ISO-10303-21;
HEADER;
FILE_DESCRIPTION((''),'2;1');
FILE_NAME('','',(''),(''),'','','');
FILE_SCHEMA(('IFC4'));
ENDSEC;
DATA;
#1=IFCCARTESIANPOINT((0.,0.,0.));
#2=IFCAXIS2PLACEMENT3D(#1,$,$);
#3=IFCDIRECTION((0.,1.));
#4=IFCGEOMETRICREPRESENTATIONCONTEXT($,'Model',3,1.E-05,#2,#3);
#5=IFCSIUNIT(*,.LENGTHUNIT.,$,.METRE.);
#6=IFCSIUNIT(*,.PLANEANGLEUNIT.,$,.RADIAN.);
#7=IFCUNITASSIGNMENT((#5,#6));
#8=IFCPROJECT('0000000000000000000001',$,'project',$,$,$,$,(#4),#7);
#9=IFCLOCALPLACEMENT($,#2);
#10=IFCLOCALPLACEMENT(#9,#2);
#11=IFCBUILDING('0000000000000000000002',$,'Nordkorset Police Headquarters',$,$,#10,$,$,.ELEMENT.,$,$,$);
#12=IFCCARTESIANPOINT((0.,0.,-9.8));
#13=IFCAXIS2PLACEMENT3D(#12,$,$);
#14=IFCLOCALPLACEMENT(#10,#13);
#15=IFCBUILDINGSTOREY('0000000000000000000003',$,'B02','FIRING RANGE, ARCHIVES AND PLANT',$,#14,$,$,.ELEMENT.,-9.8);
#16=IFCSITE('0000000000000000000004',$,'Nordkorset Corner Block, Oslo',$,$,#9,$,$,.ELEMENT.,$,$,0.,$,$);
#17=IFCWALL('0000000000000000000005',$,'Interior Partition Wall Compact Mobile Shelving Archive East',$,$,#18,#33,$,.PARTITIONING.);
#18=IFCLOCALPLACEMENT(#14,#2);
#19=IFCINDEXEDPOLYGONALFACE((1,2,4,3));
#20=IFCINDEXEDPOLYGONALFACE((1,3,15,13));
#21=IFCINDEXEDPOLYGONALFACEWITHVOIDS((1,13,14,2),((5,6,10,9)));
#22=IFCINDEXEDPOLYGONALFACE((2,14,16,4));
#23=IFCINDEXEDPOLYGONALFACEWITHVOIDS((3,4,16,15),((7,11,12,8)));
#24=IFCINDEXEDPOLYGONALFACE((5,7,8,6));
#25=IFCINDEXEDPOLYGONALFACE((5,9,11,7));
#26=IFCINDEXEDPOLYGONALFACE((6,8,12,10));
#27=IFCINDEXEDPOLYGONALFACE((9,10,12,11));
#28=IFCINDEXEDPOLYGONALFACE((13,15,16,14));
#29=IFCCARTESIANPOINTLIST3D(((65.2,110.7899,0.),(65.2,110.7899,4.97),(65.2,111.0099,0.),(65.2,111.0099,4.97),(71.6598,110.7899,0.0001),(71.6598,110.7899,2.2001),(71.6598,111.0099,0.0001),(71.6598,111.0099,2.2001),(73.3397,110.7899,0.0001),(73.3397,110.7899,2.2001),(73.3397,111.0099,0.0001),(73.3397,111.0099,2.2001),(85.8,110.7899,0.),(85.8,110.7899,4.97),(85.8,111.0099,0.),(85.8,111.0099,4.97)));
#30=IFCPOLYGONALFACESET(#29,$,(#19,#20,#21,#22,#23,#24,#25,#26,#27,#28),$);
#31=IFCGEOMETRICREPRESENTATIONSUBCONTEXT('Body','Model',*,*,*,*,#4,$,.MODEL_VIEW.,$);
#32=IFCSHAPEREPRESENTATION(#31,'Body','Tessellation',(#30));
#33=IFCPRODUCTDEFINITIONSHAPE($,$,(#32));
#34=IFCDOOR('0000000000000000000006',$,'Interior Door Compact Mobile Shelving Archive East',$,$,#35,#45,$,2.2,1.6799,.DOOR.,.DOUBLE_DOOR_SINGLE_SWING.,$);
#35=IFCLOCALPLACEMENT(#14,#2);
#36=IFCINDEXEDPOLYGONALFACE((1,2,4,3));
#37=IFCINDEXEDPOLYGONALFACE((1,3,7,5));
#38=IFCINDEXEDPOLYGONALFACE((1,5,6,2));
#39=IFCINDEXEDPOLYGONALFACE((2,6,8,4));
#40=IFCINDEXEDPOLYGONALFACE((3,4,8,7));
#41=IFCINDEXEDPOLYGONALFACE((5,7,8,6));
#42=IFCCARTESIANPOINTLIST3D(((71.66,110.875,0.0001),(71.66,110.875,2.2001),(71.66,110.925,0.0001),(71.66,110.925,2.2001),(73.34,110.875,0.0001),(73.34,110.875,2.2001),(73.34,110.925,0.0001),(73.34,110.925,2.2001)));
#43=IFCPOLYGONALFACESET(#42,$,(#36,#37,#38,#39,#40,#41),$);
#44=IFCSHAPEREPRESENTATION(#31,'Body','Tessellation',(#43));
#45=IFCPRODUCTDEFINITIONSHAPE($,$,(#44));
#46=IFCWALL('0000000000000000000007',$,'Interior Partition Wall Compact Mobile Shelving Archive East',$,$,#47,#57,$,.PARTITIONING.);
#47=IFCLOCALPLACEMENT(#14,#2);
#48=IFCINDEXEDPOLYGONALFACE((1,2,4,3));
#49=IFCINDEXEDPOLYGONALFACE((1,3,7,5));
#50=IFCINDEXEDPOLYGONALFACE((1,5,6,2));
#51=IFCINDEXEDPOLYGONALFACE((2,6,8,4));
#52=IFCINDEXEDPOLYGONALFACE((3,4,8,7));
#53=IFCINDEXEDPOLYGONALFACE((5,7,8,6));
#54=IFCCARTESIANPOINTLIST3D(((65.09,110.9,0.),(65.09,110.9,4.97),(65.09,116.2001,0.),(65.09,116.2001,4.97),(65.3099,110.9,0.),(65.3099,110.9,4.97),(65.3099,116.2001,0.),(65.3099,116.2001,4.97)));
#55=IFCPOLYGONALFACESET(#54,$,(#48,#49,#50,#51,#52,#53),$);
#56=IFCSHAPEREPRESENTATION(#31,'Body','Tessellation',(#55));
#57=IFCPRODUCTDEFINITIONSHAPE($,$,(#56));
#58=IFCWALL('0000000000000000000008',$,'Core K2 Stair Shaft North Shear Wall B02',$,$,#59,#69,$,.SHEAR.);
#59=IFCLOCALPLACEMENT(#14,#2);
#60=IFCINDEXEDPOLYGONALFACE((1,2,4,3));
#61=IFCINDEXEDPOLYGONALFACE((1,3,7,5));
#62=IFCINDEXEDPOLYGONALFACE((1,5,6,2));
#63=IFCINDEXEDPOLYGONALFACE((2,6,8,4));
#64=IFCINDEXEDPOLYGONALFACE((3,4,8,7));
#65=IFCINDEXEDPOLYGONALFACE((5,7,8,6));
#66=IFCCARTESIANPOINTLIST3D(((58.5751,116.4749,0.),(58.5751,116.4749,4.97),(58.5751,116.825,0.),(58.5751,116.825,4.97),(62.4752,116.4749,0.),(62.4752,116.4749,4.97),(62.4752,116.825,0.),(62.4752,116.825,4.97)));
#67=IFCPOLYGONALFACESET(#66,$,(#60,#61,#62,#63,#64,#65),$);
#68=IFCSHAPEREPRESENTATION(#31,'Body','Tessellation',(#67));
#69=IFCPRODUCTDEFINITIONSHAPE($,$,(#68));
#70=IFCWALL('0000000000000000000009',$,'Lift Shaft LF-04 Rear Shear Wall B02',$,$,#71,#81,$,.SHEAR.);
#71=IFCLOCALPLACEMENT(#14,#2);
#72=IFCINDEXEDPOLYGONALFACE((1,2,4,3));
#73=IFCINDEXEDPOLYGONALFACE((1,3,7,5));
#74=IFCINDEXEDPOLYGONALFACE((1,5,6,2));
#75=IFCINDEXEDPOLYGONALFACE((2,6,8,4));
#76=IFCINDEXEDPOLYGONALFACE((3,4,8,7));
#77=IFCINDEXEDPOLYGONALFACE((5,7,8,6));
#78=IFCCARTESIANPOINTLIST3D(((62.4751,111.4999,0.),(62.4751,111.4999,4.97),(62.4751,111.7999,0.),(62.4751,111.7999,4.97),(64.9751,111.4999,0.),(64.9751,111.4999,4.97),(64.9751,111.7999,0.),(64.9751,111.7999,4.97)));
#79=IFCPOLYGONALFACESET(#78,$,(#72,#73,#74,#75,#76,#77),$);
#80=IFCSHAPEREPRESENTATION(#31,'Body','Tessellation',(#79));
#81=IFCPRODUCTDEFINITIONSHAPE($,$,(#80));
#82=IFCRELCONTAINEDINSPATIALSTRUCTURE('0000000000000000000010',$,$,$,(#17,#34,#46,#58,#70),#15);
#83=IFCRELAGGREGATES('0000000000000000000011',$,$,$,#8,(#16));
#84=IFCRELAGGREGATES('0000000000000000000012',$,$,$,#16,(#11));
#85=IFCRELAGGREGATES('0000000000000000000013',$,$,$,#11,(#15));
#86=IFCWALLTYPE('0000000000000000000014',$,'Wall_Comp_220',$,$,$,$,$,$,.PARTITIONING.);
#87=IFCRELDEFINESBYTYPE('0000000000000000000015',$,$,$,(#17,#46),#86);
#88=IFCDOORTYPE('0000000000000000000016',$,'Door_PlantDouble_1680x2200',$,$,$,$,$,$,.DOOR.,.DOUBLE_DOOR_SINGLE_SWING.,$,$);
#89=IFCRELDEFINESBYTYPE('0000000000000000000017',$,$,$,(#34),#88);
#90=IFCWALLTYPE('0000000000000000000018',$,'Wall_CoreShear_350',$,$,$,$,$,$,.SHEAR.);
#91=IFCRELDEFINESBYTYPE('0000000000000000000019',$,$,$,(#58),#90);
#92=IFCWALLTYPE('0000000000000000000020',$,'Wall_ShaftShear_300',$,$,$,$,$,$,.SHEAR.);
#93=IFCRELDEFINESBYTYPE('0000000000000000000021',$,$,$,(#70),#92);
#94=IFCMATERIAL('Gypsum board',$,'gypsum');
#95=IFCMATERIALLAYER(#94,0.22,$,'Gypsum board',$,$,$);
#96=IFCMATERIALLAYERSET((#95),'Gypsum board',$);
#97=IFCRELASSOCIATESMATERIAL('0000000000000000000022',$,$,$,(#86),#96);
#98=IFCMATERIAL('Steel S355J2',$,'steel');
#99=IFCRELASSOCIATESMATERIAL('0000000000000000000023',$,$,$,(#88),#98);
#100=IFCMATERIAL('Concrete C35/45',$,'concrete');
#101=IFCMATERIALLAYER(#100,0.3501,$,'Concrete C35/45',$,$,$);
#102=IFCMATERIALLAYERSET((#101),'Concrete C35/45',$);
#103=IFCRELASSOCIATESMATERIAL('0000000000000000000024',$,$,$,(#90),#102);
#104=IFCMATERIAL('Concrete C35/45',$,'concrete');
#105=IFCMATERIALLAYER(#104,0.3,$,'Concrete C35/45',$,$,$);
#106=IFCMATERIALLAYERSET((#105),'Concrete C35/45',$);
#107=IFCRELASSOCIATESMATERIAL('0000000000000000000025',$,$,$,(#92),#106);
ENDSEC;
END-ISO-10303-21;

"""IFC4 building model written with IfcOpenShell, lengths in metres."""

from ifc_helpers import new_model, si_unit, direction, frame, frame_2d, origin, place, context, subcontext, project, spatial, rectangle, extrude, material, layer, layer_set, type_object, element, fill, save


model = new_model("IFC4")

# Units and contexts
model_context = context("Model", 3, precision=1e-05, world=origin(), true_north=direction((0.0, 1.0)))
body_context = subcontext(model_context, "Body", "Model", "MODEL_VIEW")
ifc_project = project(units=[si_unit("LENGTHUNIT", "METRE"), si_unit("PLANEANGLEUNIT", "RADIAN")], contexts=[model_context])

# Site, building, storey
site_placement = place(None, origin())
site = spatial("IfcSite", under=ifc_project, at=site_placement, Name="Nordkorset Corner Block, Oslo", CompositionType="ELEMENT", RefElevation=0.0)
building_placement = place(site_placement, origin())
building = spatial("IfcBuilding", under=site, at=building_placement, Name="Nordkorset Police Headquarters", CompositionType="ELEMENT")
storey_placement = place(building_placement, frame((0.0, 0.0, -9.8)))
storey = spatial("IfcBuildingStorey", under=building, at=storey_placement, Name="B02", Description="FIRING RANGE, ARCHIVES AND PLANT", CompositionType="ELEMENT", Elevation=-9.8)

# Shared definitions
ifc_material_1 = material(Name="Gypsum board", Category="gypsum")
ifc_layer_1 = layer(ifc_material_1, 0.22, Name="Gypsum board")
ifc_layer_set_1 = layer_set([ifc_layer_1], Name="Gypsum board")
wall_type_1 = type_object("IfcWallType", Name="Wall_Comp_220", PredefinedType="PARTITIONING", material=ifc_layer_set_1)

# Wall, opening, door
wall_1_placement = place(storey_placement, frame((65.2, 110.8999, 0.0), z_axis=(0.0, 0.0, 1.0), x_axis=(1.0, 0.0, 0.0)))
wall_1 = element("IfcWall", 1, at=wall_1_placement, inside=storey, type_object=wall_type_1, Name="Interior Partition Wall Compact Mobile Shelving Archive East", PredefinedType="PARTITIONING", context=body_context, shape_type="SweptSolid", body=[
    extrude(rectangle(XDim=20.6001, YDim=0.22, at=frame_2d((10.3, 0.0))), origin(), (0.0, 0.0, 1.0), 4.97),
])
opening_placement = place(wall_1_placement, frame((6.46, 0.0, 0.0)))
opening = element("IfcOpeningElement", 2, at=opening_placement, cuts=wall_1, PredefinedType="OPENING", context=body_context, shape_type="SweptSolid", body=[
    extrude(rectangle(XDim=1.6799, YDim=2.2, at=frame_2d((0.8398, 1.1001))), frame((0.0, 0.1201, 0.0), z_axis=(0.0, -1.0, 0.0), x_axis=(1.0, 0.0, 0.0)), (0.0, 0.0, 1.0), 0.24),
])
ifc_material_2 = material(Name="Steel S355J2", Category="steel")
door_type = type_object("IfcDoorType", Name="Door_PlantDouble_1680x2200", OperationType="DOUBLE_DOOR_SINGLE_SWING", PredefinedType="DOOR", material=ifc_material_2)
door_placement = place(opening_placement, frame((1.6799, 0.0, 0.0), z_axis=(0.0, 0.0, 1.0), x_axis=(-1.0, 0.0, 0.0)))
door = element("IfcDoor", 3, at=door_placement, inside=storey, type_object=door_type, Name="Interior Door Compact Mobile Shelving Archive East", OperationType="DOUBLE_DOOR_SINGLE_SWING", OverallHeight=2.2, OverallWidth=1.6799, PredefinedType="DOOR", context=body_context, shape_type="SweptSolid", body=[
    extrude(rectangle(XDim=1.6799, YDim=2.2, at=frame_2d((0.8398, 1.1001))), frame((0.0, 0.0249, 0.0), z_axis=(0.0, -1.0, 0.0), x_axis=(1.0, 0.0, 0.0)), (0.0, 0.0, 1.0), 0.05),
])
fill(opening, door)

# Walls
wall_2_placement = place(storey_placement, frame((65.2, 116.2, 0.0), z_axis=(0.0, 0.0, 1.0), x_axis=(0.0, -1.0, 0.0)))
element("IfcWall", 4, at=wall_2_placement, inside=storey, type_object=wall_type_1, Name="Interior Partition Wall Compact Mobile Shelving Archive East", PredefinedType="PARTITIONING", context=body_context, shape_type="SweptSolid", body=[
    extrude(rectangle(XDim=5.3, YDim=0.22, at=frame_2d((2.6499, 0.0))), origin(), (0.0, 0.0, 1.0), 4.97),
])
ifc_material_3 = material(Name="Concrete C35/45", Category="concrete")
ifc_layer_2 = layer(ifc_material_3, 0.3501, Name="Concrete C35/45")
ifc_layer_set_2 = layer_set([ifc_layer_2], Name="Concrete C35/45")
wall_type_2 = type_object("IfcWallType", Name="Wall_CoreShear_350", PredefinedType="SHEAR", material=ifc_layer_set_2)
wall_3_placement = place(storey_placement, frame((58.575, 116.6499, 0.0), z_axis=(0.0, 0.0, 1.0), x_axis=(1.0, 0.0, 0.0)))
element("IfcWall", 5, at=wall_3_placement, inside=storey, type_object=wall_type_2, Name="Core K2 Stair Shaft North Shear Wall B02", PredefinedType="SHEAR", context=body_context, shape_type="SweptSolid", body=[
    extrude(rectangle(XDim=3.9001, YDim=0.3501, at=frame_2d((1.9502, 0.0))), origin(), (0.0, 0.0, 1.0), 4.97),
])
ifc_material_4 = material(Name="Concrete C35/45", Category="concrete")
ifc_layer_3 = layer(ifc_material_4, 0.3, Name="Concrete C35/45")
ifc_layer_set_3 = layer_set([ifc_layer_3], Name="Concrete C35/45")
wall_type_3 = type_object("IfcWallType", Name="Wall_ShaftShear_300", PredefinedType="SHEAR", material=ifc_layer_set_3)
wall_4_placement = place(storey_placement, frame((62.4751, 111.6499, 0.0), z_axis=(0.0, 0.0, 1.0), x_axis=(1.0, 0.0, 0.0)))
element("IfcWall", 6, at=wall_4_placement, inside=storey, type_object=wall_type_3, Name="Lift Shaft LF-04 Rear Shear Wall B02", PredefinedType="SHEAR", context=body_context, shape_type="SweptSolid", body=[
    extrude(rectangle(XDim=2.5, YDim=0.3, at=frame_2d((1.25, 0.0))), origin(), (0.0, 0.0, 1.0), 4.97),
])

save(model, "model.ifc")
